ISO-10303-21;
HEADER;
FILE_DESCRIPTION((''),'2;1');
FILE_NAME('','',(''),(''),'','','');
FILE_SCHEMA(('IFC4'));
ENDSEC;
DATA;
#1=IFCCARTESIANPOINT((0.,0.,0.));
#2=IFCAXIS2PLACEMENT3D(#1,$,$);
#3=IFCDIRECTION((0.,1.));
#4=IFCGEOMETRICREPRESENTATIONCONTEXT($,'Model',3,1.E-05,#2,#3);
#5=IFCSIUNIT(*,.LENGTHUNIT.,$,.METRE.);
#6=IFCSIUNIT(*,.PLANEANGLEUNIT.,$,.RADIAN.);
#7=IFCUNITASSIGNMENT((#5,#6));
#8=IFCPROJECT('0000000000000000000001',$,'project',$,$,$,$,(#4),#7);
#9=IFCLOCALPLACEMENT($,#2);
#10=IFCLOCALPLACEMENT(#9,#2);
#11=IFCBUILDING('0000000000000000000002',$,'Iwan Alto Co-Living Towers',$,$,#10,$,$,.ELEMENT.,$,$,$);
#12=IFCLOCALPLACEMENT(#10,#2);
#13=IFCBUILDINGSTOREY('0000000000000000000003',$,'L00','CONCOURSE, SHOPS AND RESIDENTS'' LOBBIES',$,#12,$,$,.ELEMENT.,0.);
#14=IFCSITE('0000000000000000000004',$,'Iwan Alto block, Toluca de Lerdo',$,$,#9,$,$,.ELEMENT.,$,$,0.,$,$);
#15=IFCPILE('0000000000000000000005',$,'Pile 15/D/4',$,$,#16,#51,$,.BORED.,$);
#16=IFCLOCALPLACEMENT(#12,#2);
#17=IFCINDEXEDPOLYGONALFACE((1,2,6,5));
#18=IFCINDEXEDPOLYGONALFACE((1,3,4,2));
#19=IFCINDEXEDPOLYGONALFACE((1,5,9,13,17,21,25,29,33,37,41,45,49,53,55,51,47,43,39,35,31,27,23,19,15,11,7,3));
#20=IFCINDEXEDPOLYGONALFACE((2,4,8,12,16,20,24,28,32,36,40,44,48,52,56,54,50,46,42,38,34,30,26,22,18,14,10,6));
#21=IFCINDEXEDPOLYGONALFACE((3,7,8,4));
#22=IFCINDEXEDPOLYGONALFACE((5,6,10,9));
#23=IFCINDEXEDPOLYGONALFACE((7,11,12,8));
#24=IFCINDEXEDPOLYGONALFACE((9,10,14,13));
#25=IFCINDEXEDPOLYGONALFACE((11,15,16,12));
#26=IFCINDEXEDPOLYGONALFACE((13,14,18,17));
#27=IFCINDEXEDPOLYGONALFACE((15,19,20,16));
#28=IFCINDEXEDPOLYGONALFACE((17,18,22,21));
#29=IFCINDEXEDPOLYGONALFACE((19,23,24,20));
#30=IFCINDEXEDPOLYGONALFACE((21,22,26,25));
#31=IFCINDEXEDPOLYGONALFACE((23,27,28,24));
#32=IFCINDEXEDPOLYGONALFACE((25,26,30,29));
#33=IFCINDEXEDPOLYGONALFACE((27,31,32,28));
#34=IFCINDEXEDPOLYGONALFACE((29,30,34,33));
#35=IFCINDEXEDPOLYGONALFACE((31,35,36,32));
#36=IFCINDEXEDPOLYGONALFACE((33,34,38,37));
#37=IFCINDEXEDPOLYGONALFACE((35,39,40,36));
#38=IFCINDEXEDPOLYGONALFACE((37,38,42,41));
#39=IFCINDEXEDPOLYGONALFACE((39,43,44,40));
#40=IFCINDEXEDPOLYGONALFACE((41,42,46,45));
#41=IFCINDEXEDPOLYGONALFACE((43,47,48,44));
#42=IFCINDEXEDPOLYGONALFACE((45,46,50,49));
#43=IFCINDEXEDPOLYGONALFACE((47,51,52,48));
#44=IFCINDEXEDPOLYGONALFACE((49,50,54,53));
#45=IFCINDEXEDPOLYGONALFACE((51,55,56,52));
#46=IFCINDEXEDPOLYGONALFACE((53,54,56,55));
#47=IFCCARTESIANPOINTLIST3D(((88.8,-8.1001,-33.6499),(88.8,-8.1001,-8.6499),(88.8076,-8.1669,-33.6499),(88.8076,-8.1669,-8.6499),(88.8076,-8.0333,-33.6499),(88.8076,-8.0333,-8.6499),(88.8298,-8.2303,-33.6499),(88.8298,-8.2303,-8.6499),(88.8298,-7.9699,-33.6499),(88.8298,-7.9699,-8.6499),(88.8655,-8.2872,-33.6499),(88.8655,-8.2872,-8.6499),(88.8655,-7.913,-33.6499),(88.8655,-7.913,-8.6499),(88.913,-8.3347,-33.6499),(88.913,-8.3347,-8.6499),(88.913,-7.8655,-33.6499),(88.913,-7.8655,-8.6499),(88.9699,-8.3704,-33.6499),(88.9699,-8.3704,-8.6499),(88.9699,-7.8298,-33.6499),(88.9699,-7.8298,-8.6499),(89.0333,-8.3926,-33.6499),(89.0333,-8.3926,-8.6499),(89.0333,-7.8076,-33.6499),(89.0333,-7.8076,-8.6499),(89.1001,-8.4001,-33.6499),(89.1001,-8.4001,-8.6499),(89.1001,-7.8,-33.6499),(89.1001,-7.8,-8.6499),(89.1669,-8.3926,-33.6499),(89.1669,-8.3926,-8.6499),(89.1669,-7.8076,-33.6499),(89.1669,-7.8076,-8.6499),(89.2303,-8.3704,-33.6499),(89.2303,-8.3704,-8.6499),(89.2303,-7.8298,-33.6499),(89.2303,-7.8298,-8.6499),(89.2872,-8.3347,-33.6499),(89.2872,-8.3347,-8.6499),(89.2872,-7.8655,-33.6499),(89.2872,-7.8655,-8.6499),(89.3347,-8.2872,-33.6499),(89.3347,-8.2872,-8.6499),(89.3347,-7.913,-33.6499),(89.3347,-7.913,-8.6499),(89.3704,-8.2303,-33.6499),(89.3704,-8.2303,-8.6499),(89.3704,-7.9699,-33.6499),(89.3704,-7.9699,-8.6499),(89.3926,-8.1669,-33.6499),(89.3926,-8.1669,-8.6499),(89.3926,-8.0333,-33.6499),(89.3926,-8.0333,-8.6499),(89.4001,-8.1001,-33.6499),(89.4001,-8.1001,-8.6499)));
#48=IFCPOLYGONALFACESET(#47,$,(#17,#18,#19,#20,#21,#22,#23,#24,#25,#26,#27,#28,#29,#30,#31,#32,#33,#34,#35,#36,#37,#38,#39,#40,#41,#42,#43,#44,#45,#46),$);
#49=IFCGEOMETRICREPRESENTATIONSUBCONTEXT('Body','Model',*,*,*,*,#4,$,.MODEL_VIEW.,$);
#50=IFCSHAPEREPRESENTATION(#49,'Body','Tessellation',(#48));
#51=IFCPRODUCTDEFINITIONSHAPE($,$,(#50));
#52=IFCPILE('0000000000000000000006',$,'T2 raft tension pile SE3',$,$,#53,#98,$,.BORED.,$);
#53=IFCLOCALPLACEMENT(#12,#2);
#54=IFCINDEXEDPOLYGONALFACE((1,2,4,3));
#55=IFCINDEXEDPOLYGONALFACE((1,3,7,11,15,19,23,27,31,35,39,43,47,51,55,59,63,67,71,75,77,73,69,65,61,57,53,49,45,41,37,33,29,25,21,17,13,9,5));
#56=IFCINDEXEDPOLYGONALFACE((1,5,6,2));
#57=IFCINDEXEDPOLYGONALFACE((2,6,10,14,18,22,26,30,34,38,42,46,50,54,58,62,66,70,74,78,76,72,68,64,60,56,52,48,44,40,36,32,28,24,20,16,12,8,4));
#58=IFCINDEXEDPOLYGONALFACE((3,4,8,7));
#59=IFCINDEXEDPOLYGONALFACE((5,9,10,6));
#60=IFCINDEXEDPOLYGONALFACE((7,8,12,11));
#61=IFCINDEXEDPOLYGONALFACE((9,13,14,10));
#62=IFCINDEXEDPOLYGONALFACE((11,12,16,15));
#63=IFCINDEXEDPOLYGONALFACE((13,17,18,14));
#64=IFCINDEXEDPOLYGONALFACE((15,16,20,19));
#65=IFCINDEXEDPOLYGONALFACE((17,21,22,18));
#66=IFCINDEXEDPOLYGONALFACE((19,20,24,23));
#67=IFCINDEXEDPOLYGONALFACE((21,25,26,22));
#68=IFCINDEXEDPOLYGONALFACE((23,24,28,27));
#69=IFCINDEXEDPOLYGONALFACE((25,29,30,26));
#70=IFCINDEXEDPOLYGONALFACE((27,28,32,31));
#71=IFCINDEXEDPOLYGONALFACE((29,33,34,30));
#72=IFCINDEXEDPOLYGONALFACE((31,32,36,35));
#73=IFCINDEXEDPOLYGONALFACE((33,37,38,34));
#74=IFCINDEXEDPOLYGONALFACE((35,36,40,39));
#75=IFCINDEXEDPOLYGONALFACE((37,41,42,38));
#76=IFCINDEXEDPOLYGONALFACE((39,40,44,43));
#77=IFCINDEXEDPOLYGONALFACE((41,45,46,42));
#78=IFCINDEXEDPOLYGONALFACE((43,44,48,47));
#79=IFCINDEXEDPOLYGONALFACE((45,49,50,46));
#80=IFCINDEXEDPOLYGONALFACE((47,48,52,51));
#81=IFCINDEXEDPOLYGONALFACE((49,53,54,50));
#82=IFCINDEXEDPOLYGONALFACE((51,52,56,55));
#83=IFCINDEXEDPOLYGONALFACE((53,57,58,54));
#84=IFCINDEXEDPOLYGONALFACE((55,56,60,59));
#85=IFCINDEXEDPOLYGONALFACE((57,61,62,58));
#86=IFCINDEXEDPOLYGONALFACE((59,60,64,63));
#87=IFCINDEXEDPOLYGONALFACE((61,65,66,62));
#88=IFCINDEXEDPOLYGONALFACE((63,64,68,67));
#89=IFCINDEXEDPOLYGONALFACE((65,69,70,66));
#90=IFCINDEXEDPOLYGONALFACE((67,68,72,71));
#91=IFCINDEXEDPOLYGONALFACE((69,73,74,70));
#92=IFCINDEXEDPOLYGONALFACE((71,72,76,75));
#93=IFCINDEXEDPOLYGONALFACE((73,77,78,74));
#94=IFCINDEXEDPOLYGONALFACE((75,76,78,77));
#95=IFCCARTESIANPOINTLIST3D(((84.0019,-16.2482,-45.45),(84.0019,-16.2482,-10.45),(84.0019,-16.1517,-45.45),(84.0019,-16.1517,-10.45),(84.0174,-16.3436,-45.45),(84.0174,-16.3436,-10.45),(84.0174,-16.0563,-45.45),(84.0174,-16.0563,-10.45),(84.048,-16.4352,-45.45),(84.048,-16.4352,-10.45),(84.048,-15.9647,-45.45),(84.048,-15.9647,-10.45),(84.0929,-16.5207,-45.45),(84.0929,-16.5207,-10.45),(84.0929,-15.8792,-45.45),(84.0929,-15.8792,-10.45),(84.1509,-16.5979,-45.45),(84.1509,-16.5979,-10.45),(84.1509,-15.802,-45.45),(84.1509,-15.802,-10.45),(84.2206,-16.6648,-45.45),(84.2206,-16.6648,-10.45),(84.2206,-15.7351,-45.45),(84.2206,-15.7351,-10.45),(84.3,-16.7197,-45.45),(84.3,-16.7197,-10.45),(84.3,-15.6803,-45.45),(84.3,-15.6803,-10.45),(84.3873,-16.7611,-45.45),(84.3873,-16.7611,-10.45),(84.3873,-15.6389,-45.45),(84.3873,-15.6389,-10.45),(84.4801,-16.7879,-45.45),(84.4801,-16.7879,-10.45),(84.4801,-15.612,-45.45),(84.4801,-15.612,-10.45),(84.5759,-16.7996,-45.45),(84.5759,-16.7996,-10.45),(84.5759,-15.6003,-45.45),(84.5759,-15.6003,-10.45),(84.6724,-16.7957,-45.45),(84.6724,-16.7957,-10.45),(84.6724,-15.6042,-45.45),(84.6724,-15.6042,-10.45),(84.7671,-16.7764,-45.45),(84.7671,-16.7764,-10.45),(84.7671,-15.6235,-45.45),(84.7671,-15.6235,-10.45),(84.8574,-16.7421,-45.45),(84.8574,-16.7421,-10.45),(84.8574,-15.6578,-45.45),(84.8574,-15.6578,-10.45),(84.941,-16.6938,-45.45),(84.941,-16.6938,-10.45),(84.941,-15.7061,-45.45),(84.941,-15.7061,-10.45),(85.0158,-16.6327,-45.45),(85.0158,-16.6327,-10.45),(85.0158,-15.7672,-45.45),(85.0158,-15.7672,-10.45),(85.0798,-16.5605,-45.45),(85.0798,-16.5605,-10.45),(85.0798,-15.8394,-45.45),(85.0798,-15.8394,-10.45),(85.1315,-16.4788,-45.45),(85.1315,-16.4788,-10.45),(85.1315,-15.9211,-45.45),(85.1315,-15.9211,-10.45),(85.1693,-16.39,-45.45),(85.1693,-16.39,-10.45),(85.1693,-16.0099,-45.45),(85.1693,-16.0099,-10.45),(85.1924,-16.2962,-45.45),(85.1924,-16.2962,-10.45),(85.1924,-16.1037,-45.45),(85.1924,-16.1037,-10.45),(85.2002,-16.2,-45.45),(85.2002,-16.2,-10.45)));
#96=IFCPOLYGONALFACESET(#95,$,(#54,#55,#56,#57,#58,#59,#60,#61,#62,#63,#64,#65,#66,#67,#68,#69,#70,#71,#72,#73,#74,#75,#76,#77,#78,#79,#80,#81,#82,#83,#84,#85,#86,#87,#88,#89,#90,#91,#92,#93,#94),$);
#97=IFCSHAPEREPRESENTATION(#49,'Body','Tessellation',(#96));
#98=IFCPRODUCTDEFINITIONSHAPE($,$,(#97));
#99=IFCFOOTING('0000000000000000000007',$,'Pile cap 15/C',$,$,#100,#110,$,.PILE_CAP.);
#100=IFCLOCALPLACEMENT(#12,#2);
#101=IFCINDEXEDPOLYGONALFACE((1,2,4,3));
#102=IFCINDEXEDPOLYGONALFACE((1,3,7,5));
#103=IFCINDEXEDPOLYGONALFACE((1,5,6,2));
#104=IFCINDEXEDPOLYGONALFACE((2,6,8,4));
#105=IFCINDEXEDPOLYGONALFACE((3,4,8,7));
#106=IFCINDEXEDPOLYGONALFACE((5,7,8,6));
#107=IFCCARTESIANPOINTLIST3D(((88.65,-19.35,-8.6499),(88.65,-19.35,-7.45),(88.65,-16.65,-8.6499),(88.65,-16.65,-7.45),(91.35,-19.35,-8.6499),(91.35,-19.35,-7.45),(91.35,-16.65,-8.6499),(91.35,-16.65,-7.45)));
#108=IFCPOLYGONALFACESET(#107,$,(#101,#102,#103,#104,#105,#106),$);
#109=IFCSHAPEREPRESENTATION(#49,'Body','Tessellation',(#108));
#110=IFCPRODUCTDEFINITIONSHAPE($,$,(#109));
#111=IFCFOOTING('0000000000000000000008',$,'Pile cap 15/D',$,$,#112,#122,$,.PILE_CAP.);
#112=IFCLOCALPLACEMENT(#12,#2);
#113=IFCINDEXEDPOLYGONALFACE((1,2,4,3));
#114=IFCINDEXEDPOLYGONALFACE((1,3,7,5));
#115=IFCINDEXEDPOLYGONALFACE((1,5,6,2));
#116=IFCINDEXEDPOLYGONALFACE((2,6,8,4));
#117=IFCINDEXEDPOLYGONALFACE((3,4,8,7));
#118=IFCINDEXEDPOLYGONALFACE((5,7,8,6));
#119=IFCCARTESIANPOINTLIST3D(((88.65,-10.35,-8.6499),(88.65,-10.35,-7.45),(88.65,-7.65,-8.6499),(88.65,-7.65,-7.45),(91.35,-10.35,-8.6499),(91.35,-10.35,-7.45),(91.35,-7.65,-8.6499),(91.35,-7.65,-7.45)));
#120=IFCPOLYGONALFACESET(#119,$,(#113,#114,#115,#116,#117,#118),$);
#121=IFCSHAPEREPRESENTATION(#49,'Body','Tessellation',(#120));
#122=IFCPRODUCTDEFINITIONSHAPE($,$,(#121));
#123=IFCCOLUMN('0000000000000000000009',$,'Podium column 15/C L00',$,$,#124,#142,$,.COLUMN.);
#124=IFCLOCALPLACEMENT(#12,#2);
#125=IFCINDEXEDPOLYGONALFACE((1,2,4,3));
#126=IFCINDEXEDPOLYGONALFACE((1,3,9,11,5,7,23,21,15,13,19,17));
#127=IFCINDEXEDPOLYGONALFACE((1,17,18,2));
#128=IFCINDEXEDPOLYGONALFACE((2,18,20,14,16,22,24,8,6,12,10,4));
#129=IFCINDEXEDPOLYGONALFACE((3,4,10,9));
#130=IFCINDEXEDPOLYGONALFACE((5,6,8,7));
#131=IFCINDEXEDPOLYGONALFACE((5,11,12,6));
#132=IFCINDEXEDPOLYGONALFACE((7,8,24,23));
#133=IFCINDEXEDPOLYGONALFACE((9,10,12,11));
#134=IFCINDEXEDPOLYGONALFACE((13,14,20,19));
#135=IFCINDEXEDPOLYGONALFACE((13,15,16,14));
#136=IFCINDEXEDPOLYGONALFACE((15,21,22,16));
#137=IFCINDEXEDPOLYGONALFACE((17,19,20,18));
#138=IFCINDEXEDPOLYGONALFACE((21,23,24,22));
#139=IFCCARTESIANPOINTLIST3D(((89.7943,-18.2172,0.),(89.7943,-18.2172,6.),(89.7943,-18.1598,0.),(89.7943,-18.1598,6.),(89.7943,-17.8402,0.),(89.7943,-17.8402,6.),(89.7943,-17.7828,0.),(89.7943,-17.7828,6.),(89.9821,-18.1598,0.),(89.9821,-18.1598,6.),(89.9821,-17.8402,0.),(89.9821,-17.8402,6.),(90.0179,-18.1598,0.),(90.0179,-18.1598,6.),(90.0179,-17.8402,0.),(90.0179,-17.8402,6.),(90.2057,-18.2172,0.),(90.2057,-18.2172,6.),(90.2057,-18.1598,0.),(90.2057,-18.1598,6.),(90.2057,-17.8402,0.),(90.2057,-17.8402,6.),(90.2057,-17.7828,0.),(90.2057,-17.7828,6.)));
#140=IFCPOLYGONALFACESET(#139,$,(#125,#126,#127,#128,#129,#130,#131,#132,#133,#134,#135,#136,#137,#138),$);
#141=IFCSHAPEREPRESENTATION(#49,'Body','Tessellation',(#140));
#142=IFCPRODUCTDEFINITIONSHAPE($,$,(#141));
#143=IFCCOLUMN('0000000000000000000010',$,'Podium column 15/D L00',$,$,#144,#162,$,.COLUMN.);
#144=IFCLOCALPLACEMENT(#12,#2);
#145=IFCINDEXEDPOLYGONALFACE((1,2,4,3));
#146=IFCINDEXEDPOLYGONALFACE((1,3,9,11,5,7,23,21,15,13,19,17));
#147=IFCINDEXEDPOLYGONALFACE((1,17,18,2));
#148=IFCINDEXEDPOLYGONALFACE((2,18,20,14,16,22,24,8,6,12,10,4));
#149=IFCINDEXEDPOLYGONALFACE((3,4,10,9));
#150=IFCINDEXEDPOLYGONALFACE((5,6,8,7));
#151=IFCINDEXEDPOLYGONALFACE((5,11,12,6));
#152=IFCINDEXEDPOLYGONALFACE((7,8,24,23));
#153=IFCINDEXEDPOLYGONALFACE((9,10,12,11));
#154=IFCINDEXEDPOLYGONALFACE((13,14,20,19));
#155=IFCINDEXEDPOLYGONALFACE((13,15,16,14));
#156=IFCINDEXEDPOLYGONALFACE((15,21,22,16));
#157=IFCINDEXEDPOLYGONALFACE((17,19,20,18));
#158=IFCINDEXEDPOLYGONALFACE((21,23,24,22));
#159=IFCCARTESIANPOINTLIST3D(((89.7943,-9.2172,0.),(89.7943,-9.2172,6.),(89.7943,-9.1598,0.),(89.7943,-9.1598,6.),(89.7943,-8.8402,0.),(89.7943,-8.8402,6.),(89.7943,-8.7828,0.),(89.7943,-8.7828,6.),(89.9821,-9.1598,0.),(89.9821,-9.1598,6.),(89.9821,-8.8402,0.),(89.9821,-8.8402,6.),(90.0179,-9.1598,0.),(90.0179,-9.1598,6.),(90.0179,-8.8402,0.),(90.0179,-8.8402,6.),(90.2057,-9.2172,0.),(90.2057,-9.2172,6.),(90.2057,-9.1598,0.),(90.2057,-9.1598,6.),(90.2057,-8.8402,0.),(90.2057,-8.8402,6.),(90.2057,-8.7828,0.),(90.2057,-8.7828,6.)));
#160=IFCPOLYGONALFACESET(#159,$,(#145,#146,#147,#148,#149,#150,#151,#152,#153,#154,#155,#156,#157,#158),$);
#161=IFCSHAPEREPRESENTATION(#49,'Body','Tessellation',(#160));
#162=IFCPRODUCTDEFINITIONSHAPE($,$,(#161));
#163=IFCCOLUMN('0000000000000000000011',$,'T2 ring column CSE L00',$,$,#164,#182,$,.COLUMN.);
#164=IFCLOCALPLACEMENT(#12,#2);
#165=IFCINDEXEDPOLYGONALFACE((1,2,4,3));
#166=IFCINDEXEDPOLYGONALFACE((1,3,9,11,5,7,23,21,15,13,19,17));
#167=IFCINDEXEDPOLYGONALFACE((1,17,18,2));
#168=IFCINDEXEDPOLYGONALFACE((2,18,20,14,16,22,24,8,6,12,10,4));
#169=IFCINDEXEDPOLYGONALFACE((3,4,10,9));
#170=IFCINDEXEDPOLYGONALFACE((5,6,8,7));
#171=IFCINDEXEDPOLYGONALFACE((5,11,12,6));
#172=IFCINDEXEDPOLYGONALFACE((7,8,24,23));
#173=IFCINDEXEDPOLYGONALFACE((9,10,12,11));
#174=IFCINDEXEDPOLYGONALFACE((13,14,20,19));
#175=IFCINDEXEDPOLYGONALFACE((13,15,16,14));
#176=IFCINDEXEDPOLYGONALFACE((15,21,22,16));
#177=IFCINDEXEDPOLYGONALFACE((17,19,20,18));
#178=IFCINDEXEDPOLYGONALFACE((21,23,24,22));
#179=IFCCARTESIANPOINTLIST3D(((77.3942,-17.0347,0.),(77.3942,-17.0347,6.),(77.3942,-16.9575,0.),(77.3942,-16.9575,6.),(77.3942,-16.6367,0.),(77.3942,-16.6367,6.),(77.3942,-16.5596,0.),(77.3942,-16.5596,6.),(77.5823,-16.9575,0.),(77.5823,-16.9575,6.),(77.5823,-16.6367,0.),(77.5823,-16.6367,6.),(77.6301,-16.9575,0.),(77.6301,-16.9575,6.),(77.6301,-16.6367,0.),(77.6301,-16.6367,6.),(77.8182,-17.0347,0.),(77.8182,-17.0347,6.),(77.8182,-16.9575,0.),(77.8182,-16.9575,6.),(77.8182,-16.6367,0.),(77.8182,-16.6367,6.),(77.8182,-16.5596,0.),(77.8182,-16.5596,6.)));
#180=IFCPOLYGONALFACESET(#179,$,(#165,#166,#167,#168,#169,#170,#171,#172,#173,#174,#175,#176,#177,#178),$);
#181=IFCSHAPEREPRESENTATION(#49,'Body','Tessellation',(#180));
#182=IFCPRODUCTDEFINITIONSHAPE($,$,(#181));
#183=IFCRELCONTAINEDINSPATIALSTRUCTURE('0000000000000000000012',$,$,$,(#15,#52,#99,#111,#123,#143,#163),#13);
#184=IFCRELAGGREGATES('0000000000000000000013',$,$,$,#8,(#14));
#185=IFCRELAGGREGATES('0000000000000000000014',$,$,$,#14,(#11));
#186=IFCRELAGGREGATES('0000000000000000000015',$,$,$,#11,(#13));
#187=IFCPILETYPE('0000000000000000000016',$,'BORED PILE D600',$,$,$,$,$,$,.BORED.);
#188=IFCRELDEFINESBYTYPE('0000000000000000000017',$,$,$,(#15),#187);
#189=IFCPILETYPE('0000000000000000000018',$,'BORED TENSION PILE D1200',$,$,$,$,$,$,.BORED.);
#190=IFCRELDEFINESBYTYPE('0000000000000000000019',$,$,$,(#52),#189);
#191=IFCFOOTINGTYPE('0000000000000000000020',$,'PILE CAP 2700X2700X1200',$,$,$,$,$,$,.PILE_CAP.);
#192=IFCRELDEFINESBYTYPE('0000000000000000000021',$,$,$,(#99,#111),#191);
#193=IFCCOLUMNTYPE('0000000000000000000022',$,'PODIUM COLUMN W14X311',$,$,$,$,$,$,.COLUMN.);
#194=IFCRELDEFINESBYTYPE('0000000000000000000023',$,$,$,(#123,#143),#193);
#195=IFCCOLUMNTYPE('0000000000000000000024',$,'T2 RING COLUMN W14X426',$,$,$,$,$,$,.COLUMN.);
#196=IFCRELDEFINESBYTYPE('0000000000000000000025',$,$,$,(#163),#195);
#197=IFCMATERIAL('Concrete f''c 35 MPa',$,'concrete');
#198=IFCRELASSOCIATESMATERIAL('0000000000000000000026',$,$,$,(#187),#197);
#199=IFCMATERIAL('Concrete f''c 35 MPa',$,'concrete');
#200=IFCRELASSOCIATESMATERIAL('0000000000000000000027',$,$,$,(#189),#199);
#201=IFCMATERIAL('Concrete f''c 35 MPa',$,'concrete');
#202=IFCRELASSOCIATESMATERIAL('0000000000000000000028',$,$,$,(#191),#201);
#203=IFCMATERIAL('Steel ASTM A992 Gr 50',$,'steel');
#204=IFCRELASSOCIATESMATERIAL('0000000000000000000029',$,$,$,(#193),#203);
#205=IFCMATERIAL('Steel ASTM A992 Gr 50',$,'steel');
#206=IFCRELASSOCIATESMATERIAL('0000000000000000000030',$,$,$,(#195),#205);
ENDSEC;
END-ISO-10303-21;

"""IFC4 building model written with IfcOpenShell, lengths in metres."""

from ifc_helpers import new_model, si_unit, direction, frame, origin, origin_2d, place, context, subcontext, project, spatial, rectangle, circle, i_section, extrude, material, material_profile, profile_set, type_object, element, save


model = new_model("IFC4")

# Units and contexts
model_context = context("Model", 3, precision=1e-05, world=origin(), true_north=direction((0.0, 1.0)))
body_context = subcontext(model_context, "Body", "Model", "MODEL_VIEW")
ifc_project = project(units=[si_unit("LENGTHUNIT", "METRE"), si_unit("PLANEANGLEUNIT", "RADIAN")], contexts=[model_context])

# Site, building, storey
site_placement = place(None, origin())
site = spatial("IfcSite", under=ifc_project, at=site_placement, Name="Iwan Alto block, Toluca de Lerdo", CompositionType="ELEMENT", RefElevation=0.0)
building_placement = place(site_placement, origin())
building = spatial("IfcBuilding", under=site, at=building_placement, Name="Iwan Alto Co-Living Towers", CompositionType="ELEMENT")
storey_placement = place(building_placement, origin())
storey = spatial("IfcBuildingStorey", under=building, at=storey_placement, Name="L00", Description="CONCOURSE, SHOPS AND RESIDENTS' LOBBIES", CompositionType="ELEMENT", Elevation=0.0)

# Piles
ifc_material_1 = material(Name="Concrete f'c 35 MPa", Category="concrete")
ifc_material_profile_1 = material_profile(ifc_material_1, circle(Radius=0.3, at=origin_2d()), Name="D600")
ifc_profile_set_1 = profile_set([ifc_material_profile_1], Name="Concrete f'c 35 MPa")
pile_type_1 = type_object("IfcPileType", Name="BORED PILE D600", PredefinedType="BORED", material=ifc_profile_set_1)
for number, where, z_axis, x_axis, name in (
    (1, (89.1001, -8.1001, -8.6499), (0.0, 0.0, -1.0), (1.0, 0.0, 0.0), "Pile 15/D/4"),
):
    element("IfcPile", number, at=place(storey_placement, frame(where, z_axis=z_axis, x_axis=x_axis)), inside=storey, type_object=pile_type_1, Name=name, PredefinedType="BORED", context=body_context, shape_type="SweptSolid", body=[
        extrude(circle(Radius=0.3, at=origin_2d()), origin(), (0.0, 0.0, 1.0), 25.0),
    ])
ifc_material_2 = material(Name="Concrete f'c 35 MPa", Category="concrete")
ifc_material_profile_2 = material_profile(ifc_material_2, circle(Radius=0.6001, at=origin_2d()), Name="D1200")
ifc_profile_set_2 = profile_set([ifc_material_profile_2], Name="Concrete f'c 35 MPa")
pile_type_2 = type_object("IfcPileType", Name="BORED TENSION PILE D1200", PredefinedType="BORED", material=ifc_profile_set_2)
pile_placement = place(storey_placement, frame((84.6001, -16.2, -10.45), z_axis=(0.0, 0.0, -1.0), x_axis=(1.0, 0.0, 0.0)))
element("IfcPile", 2, at=pile_placement, inside=storey, type_object=pile_type_2, Name="T2 raft tension pile SE3", PredefinedType="BORED", context=body_context, shape_type="SweptSolid", body=[
    extrude(circle(Radius=0.6001, at=origin_2d()), origin(), (0.0, 0.0, 1.0), 35.0),
])

# Footings
ifc_material_3 = material(Name="Concrete f'c 35 MPa", Category="concrete")
footing_type = type_object("IfcFootingType", Name="PILE CAP 2700X2700X1200", PredefinedType="PILE_CAP", material=ifc_material_3)
for number, where, z_axis, x_axis, name in (
    (3, (90.0, -18.0, -8.6499), (0.0, 0.0, 1.0), (1.0, 0.0, 0.0), "Pile cap 15/C"),
    (4, (90.0, -9.0, -8.6499), (0.0, 0.0, 1.0), (1.0, 0.0, 0.0), "Pile cap 15/D"),
):
    element("IfcFooting", number, at=place(storey_placement, frame(where, z_axis=z_axis, x_axis=x_axis)), inside=storey, type_object=footing_type, Name=name, PredefinedType="PILE_CAP", context=body_context, shape_type="SweptSolid", body=[
        extrude(rectangle(XDim=2.7, YDim=2.7, at=origin_2d()), origin(), (0.0, 0.0, 1.0), 1.2),
    ])

# Columns
ifc_material_4 = material(Name="Steel ASTM A992 Gr 50", Category="steel")
ifc_material_profile_3 = material_profile(ifc_material_4, i_section(OverallWidth=0.4114, OverallDepth=0.4343, WebThickness=0.0359, FlangeThickness=0.0574, at=origin_2d()), Name="W14X311")
ifc_profile_set_3 = profile_set([ifc_material_profile_3], Name="Steel ASTM A992 Gr 50")
column_type_1 = type_object("IfcColumnType", Name="PODIUM COLUMN W14X311", PredefinedType="COLUMN", material=ifc_profile_set_3)
for number, where, z_axis, x_axis, name in (
    (5, (90.0, -18.0, 0.0), (0.0, 0.0, 1.0), (1.0, 0.0, 0.0), "Podium column 15/C L00"),
    (6, (90.0, -9.0, 0.0), (0.0, 0.0, 1.0), (1.0, 0.0, 0.0), "Podium column 15/D L00"),
):
    element("IfcColumn", number, at=place(storey_placement, frame(where, z_axis=z_axis, x_axis=x_axis)), inside=storey, type_object=column_type_1, Name=name, PredefinedType="COLUMN", context=body_context, shape_type="SweptSolid", body=[
        extrude(i_section(OverallWidth=0.4114, OverallDepth=0.4343, WebThickness=0.0359, FlangeThickness=0.0574, at=origin_2d()), origin(), (0.0, 0.0, 1.0), 6.0),
    ])
ifc_material_5 = material(Name="Steel ASTM A992 Gr 50", Category="steel")
ifc_material_profile_4 = material_profile(ifc_material_5, i_section(OverallWidth=0.4241, OverallDepth=0.4751, WebThickness=0.0479, FlangeThickness=0.0771, at=origin_2d()), Name="W14X426")
ifc_profile_set_4 = profile_set([ifc_material_profile_4], Name="Steel ASTM A992 Gr 50")
column_type_2 = type_object("IfcColumnType", Name="T2 RING COLUMN W14X426", PredefinedType="COLUMN", material=ifc_profile_set_4)
for number, where, z_axis, x_axis, name in (
    (7, (77.6062, -16.7971, 0.0), (0.0, 0.0, 1.0), (1.0, 0.0, 0.0), "T2 ring column CSE L00"),
):
    element("IfcColumn", number, at=place(storey_placement, frame(where, z_axis=z_axis, x_axis=x_axis)), inside=storey, type_object=column_type_2, Name=name, PredefinedType="COLUMN", context=body_context, shape_type="SweptSolid", body=[
        extrude(i_section(OverallWidth=0.4241, OverallDepth=0.4751, WebThickness=0.0479, FlangeThickness=0.0771, at=origin_2d()), origin(), (0.0, 0.0, 1.0), 6.0),
    ])

save(model, "model.ifc")
